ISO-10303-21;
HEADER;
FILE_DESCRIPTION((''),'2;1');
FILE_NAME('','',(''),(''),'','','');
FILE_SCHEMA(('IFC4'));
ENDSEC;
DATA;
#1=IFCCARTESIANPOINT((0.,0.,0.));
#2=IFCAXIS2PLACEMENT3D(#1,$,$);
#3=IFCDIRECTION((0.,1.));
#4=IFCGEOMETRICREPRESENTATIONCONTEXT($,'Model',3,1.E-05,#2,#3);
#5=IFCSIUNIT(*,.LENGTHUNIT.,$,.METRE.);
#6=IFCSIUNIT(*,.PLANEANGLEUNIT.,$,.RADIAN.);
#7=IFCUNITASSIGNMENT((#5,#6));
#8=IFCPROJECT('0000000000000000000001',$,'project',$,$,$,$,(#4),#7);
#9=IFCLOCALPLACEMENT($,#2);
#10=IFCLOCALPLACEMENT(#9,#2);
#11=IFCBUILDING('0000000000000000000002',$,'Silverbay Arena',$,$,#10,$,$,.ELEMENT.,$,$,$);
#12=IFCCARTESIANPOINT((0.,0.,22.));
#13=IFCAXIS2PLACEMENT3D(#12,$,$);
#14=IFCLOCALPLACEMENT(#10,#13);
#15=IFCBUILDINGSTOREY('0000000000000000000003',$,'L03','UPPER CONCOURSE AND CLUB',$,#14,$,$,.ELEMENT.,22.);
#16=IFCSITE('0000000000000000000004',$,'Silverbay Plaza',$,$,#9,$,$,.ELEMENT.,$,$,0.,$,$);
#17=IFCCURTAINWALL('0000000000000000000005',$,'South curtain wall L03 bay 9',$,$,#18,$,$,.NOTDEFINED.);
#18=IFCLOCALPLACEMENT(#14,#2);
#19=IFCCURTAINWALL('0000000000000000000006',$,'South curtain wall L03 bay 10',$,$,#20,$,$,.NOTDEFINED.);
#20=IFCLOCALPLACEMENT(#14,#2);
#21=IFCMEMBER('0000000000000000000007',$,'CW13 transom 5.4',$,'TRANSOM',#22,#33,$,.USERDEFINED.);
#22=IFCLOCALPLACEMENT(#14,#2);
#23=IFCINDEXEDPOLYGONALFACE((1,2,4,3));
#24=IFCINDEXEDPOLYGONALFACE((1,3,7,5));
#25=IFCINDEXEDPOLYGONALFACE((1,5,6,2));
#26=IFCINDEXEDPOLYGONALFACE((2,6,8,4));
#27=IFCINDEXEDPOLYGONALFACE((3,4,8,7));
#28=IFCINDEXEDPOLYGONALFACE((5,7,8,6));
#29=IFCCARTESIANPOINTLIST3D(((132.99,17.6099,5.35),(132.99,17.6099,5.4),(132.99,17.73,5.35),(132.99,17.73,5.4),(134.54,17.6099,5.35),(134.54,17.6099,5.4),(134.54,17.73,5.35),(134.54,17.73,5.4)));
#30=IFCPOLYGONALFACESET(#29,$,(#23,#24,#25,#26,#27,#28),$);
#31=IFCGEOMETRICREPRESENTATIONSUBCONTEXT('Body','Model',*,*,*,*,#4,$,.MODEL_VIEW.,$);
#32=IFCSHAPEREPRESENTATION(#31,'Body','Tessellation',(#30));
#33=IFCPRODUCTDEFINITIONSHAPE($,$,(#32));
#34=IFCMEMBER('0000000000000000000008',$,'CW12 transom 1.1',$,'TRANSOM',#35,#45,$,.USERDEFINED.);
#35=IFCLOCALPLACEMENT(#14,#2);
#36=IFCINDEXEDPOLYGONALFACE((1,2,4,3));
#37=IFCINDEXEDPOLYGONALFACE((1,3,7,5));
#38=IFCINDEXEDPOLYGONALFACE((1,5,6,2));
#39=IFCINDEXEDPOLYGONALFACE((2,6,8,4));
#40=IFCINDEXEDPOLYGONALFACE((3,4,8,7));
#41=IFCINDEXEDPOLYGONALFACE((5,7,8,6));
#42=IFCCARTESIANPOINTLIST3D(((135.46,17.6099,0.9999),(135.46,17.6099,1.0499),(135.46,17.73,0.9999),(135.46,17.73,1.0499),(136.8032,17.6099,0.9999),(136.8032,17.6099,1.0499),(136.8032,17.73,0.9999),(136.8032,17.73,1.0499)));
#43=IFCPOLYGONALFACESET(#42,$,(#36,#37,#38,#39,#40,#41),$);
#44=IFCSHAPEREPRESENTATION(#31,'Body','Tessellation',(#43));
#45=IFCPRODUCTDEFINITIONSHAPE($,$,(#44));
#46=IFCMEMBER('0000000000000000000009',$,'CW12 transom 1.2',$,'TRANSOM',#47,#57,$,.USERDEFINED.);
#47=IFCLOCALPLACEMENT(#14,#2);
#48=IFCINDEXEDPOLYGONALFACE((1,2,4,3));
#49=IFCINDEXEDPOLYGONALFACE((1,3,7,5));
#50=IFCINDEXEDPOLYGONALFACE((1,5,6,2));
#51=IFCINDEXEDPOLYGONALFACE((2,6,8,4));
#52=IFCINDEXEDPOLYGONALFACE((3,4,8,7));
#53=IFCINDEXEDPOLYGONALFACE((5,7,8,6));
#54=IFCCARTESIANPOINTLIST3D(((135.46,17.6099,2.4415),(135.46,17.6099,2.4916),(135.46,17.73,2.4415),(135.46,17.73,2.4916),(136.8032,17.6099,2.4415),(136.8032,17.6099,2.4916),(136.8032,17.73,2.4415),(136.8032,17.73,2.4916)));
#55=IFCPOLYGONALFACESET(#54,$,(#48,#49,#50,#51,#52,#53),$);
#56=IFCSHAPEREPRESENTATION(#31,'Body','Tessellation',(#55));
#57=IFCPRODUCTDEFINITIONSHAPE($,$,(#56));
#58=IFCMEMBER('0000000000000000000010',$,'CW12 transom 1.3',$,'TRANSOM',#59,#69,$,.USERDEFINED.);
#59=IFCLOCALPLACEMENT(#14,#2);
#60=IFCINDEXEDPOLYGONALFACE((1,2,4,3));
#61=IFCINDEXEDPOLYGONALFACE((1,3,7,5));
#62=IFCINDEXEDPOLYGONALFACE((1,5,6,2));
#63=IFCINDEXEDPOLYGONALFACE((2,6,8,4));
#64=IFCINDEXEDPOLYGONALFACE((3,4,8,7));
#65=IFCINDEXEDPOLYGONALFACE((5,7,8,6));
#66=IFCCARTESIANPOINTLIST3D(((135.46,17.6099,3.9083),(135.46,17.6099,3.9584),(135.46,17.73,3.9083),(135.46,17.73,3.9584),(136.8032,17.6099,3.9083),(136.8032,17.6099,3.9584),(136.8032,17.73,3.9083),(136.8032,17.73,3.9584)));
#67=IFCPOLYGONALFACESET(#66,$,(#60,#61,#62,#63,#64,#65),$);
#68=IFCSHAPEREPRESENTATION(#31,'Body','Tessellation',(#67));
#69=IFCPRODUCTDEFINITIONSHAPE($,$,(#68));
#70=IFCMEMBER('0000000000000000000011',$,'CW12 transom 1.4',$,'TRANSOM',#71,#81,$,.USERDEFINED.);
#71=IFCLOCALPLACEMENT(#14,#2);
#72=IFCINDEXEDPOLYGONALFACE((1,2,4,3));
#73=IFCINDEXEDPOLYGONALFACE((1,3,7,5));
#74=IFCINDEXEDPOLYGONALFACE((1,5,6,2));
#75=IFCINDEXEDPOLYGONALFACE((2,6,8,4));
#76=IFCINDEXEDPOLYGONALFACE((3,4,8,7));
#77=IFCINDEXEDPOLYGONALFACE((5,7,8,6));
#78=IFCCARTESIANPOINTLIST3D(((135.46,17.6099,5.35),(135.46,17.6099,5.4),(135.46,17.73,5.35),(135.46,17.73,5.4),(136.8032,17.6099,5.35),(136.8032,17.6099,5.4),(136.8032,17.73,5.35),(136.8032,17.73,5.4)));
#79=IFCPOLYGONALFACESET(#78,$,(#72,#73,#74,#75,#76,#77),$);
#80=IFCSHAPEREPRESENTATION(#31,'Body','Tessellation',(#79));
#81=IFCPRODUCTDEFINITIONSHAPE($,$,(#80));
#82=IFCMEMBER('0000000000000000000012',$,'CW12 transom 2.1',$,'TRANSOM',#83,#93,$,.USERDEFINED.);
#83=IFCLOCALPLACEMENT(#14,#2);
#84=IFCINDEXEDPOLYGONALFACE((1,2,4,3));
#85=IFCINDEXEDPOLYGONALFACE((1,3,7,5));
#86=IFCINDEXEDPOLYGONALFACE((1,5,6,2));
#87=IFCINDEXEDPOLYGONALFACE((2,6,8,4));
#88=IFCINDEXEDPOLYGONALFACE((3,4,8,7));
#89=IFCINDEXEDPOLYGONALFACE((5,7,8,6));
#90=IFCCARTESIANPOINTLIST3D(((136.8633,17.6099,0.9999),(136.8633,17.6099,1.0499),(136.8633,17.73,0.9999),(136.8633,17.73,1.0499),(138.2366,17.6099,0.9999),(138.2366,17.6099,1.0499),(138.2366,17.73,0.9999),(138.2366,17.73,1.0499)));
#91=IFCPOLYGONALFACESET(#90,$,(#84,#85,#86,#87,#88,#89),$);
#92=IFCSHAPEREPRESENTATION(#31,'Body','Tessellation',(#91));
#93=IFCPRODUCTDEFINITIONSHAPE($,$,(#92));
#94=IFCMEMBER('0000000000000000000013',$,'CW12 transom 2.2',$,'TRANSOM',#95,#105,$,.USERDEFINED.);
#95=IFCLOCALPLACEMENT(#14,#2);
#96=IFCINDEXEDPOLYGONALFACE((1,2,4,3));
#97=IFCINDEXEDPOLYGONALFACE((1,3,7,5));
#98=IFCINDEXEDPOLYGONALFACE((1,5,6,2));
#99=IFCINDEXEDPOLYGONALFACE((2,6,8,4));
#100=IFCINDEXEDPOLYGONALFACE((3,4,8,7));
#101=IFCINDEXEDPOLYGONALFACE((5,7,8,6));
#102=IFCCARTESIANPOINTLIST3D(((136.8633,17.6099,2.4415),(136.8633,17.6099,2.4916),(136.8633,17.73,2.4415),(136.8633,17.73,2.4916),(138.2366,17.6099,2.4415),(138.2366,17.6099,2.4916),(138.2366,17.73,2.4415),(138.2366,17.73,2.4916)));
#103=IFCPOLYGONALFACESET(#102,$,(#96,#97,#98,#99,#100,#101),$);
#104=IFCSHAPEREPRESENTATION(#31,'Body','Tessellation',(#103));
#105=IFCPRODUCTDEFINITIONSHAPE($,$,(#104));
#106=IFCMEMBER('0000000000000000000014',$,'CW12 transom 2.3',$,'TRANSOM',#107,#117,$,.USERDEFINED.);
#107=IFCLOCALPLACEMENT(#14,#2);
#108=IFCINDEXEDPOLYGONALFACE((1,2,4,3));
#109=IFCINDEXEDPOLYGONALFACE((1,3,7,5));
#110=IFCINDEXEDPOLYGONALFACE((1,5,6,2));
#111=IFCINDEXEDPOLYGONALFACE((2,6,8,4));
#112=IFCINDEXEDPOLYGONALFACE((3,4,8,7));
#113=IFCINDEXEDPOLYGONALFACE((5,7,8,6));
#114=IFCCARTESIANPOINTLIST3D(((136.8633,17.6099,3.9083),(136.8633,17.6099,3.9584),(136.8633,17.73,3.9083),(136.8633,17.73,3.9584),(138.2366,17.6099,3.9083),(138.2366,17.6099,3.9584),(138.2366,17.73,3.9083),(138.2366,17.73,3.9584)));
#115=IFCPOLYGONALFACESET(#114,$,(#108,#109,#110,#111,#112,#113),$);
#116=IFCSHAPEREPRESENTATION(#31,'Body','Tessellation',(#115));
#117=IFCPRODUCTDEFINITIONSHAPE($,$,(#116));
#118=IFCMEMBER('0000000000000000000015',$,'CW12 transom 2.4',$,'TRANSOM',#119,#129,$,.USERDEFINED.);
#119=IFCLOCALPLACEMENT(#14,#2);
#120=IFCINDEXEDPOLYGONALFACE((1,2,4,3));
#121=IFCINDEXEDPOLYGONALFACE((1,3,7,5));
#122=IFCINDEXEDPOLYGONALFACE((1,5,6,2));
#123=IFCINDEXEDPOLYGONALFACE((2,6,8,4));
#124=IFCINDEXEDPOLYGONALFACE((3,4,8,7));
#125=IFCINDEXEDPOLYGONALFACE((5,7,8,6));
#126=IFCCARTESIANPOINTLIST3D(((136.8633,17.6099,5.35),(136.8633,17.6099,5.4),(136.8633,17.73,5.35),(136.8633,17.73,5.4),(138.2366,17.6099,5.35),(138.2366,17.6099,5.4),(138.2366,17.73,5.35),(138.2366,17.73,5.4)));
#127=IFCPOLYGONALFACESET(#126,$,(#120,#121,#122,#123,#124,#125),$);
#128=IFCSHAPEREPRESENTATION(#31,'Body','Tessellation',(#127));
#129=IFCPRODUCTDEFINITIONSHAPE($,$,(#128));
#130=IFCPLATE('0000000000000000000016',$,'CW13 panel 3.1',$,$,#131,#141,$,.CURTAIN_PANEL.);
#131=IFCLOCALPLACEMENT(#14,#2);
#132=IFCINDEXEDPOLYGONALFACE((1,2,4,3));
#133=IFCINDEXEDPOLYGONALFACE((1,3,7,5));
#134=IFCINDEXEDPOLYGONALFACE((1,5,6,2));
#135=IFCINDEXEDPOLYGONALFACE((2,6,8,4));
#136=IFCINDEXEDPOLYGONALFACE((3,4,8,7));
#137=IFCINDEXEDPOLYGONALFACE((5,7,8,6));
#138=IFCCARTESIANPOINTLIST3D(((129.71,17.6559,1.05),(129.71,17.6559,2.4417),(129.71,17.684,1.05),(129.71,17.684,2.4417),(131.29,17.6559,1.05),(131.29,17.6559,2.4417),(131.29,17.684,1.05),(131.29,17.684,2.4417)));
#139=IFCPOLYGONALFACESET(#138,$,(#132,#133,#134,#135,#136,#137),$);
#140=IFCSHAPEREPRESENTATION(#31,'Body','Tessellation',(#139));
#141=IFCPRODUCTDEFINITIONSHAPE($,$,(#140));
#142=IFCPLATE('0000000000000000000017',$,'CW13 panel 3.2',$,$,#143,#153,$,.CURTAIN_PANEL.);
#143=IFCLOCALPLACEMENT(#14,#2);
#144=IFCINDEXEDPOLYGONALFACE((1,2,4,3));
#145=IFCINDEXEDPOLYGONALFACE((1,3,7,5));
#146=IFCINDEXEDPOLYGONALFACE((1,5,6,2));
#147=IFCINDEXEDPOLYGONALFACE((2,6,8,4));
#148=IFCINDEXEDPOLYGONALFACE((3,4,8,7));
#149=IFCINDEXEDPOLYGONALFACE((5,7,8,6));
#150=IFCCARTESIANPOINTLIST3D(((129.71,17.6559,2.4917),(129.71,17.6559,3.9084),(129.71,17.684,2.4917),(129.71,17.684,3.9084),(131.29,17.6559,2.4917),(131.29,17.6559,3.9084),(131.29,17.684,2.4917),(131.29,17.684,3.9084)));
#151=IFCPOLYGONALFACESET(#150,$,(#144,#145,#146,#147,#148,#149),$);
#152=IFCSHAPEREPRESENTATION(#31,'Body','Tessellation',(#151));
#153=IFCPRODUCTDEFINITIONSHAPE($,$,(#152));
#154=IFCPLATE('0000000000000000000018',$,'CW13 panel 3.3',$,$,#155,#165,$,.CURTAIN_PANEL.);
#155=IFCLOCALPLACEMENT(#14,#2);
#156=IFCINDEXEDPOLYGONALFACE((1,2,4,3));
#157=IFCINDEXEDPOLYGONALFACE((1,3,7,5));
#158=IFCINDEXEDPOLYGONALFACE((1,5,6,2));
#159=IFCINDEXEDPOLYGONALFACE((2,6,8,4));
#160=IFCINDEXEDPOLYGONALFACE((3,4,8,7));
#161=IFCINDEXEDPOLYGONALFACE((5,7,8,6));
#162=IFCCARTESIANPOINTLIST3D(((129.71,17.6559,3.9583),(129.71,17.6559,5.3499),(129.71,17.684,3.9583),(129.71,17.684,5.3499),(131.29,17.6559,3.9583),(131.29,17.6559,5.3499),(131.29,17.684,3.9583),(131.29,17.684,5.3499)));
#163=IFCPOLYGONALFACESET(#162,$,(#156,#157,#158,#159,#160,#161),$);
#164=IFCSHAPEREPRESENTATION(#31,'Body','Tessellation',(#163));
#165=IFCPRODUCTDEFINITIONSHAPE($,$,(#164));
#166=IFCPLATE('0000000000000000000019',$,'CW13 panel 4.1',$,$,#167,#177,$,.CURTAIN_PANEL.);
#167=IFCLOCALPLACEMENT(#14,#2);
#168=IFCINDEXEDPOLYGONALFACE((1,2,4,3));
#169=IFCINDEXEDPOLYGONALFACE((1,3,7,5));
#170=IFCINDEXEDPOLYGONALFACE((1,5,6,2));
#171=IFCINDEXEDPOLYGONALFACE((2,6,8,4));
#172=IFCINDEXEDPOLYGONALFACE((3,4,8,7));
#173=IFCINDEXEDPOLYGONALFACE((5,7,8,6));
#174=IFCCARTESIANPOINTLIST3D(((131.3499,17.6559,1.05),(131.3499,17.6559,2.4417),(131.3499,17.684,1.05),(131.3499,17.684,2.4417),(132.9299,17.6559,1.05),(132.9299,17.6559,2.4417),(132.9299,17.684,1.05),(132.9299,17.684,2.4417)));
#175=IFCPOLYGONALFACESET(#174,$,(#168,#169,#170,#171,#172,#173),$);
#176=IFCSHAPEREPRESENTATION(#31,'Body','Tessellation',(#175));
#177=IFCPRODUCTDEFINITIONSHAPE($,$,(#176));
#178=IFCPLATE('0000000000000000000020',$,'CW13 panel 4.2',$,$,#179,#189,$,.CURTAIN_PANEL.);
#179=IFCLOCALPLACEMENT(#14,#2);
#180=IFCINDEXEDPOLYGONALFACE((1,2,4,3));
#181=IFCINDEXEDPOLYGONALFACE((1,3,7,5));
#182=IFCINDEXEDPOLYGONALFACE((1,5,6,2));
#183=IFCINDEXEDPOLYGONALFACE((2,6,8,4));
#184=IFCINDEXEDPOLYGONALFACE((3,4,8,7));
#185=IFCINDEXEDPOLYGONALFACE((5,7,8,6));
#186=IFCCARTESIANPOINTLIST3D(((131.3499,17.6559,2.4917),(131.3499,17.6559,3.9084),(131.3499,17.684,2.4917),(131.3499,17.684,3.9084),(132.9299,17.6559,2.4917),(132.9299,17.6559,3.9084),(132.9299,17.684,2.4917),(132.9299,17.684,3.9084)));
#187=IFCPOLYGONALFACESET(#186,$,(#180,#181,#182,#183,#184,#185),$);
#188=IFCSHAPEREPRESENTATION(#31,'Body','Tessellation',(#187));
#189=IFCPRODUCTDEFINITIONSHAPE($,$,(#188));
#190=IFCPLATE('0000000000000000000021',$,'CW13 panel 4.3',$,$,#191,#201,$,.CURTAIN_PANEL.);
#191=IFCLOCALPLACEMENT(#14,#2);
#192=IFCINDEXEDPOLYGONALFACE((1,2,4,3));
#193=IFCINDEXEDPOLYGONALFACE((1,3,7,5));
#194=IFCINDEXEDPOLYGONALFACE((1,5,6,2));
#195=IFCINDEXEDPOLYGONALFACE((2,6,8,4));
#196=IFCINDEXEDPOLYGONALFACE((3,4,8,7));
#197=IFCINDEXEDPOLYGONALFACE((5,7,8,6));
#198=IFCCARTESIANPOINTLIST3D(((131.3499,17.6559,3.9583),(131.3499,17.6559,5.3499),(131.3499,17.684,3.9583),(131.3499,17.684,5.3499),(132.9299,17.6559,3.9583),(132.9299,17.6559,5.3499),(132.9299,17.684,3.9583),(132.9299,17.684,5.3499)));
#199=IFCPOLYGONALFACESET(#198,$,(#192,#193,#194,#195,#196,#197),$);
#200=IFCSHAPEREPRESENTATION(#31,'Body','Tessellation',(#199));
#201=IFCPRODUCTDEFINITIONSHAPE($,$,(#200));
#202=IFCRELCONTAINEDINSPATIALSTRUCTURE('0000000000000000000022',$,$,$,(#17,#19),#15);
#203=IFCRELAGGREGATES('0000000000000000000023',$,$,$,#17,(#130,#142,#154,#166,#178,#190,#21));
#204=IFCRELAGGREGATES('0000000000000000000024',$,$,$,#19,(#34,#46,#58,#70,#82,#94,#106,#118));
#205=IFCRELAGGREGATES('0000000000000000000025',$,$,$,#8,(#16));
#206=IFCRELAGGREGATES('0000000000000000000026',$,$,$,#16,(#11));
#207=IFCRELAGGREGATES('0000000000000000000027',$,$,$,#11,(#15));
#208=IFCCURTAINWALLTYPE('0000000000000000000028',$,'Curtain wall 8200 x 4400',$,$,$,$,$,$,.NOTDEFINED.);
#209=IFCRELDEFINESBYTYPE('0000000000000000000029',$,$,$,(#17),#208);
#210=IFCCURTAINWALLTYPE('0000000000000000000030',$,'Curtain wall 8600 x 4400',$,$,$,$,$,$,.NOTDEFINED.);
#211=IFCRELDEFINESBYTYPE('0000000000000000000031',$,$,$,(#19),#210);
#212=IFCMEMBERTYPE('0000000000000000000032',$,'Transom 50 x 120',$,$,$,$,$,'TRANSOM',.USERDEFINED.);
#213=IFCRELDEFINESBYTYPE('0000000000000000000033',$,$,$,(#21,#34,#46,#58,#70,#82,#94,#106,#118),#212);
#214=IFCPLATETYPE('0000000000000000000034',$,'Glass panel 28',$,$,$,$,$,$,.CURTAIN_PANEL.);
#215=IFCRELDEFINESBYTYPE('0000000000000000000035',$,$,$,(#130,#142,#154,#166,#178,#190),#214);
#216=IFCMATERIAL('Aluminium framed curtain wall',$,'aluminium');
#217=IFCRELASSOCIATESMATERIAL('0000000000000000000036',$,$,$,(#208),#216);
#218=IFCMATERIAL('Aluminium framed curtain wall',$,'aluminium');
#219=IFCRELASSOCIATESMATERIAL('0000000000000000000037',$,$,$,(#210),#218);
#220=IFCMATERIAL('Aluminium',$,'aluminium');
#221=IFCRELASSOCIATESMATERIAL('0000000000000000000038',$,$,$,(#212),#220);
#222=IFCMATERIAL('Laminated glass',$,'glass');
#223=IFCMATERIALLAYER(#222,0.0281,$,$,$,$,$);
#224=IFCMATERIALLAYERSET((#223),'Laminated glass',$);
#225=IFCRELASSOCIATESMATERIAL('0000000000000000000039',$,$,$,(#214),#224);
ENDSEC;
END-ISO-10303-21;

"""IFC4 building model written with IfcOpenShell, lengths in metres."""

from ifc_helpers import new_model, si_unit, direction, frame, origin, origin_2d, place, context, subcontext, project, spatial, rectangle, extrude, material, layer, layer_set, material_profile, profile_set, type_object, element, aggregate, save


model = new_model("IFC4")

# Units and contexts
model_context = context("Model", 3, precision=1e-05, world=origin(), true_north=direction((0.0, 1.0)))
body_context = subcontext(model_context, "Body", "Model", "MODEL_VIEW")
ifc_project = project(units=[si_unit("LENGTHUNIT", "METRE"), si_unit("PLANEANGLEUNIT", "RADIAN")], contexts=[model_context])

# Site, building, storey
site_placement = place(None, origin())
site = spatial("IfcSite", under=ifc_project, at=site_placement, Name="Silverbay Plaza", CompositionType="ELEMENT", RefElevation=0.0)
building_placement = place(site_placement, origin())
building = spatial("IfcBuilding", under=site, at=building_placement, Name="Silverbay Arena", CompositionType="ELEMENT")
storey_placement = place(building_placement, frame((0.0, 0.0, 22.0)))
storey = spatial("IfcBuildingStorey", under=building, at=storey_placement, Name="L03", Description="UPPER CONCOURSE AND CLUB", CompositionType="ELEMENT", Elevation=22.0)

# Curtain walls
ifc_material_1 = material(Name="Aluminium framed curtain wall", Category="aluminium")
curtain_wall_type_1 = type_object("IfcCurtainWallType", Name="Curtain wall 8200 x 4400", PredefinedType="NOTDEFINED", material=ifc_material_1)
curtain_wall_1_placement = place(storey_placement, origin())
curtain_wall_1 = element("IfcCurtainWall", 1, at=curtain_wall_1_placement, inside=storey, type_object=curtain_wall_type_1, Name="South curtain wall L03 bay 9", PredefinedType="NOTDEFINED")
ifc_material_2 = material(Name="Aluminium framed curtain wall", Category="aluminium")
curtain_wall_type_2 = type_object("IfcCurtainWallType", Name="Curtain wall 8600 x 4400", PredefinedType="NOTDEFINED", material=ifc_material_2)
curtain_wall_2_placement = place(storey_placement, origin())
curtain_wall_2 = element("IfcCurtainWall", 2, at=curtain_wall_2_placement, inside=storey, type_object=curtain_wall_type_2, Name="South curtain wall L03 bay 10", PredefinedType="NOTDEFINED")

# Members
ifc_material_3 = material(Name="Aluminium", Category="aluminium")
ifc_material_profile_1 = material_profile(ifc_material_3, rectangle(XDim=0.1201, YDim=0.05, at=origin_2d()), Name="Transom 50 x 120")
ifc_profile_set_1 = profile_set([ifc_material_profile_1], Name="Aluminium")
member_type_1 = type_object("IfcMemberType", Name="Transom 50 x 120", ElementType="TRANSOM", PredefinedType="USERDEFINED", material=ifc_profile_set_1)
member_1_placement = place(storey_placement, frame((132.99, 17.6699, 5.375), z_axis=(1.0, 0.0, 0.0), x_axis=(0.0, 1.0, 0.0)))
member_1 = element("IfcMember", 3, at=member_1_placement, type_object=member_type_1, Name="CW13 transom 5.4", ObjectType="TRANSOM", PredefinedType="USERDEFINED", context=body_context, shape_type="SweptSolid", body=[
    extrude(rectangle(XDim=0.1201, YDim=0.05, at=origin_2d()), origin(), (0.0, 0.0, 1.0), 1.55),
])
member_2_placement = place(storey_placement, frame((135.46, 17.6699, 1.0249), z_axis=(1.0, 0.0, 0.0), x_axis=(0.0, 1.0, 0.0)))
member_2 = element("IfcMember", 4, at=member_2_placement, type_object=member_type_1, Name="CW12 transom 1.1", ObjectType="TRANSOM", PredefinedType="USERDEFINED", context=body_context, shape_type="SweptSolid", body=[
    extrude(rectangle(XDim=0.1201, YDim=0.05, at=origin_2d()), origin(), (0.0, 0.0, 1.0), 1.3433),
])
member_3_placement = place(storey_placement, frame((135.46, 17.6699, 2.4666), z_axis=(1.0, 0.0, 0.0), x_axis=(0.0, 1.0, 0.0)))
member_3 = element("IfcMember", 5, at=member_3_placement, type_object=member_type_1, Name="CW12 transom 1.2", ObjectType="TRANSOM", PredefinedType="USERDEFINED", context=body_context, shape_type="SweptSolid", body=[
    extrude(rectangle(XDim=0.1201, YDim=0.05, at=origin_2d()), origin(), (0.0, 0.0, 1.0), 1.3433),
])
member_4_placement = place(storey_placement, frame((135.46, 17.6699, 3.9333), z_axis=(1.0, 0.0, 0.0), x_axis=(0.0, 1.0, 0.0)))
member_4 = element("IfcMember", 6, at=member_4_placement, type_object=member_type_1, Name="CW12 transom 1.3", ObjectType="TRANSOM", PredefinedType="USERDEFINED", context=body_context, shape_type="SweptSolid", body=[
    extrude(rectangle(XDim=0.1201, YDim=0.05, at=origin_2d()), origin(), (0.0, 0.0, 1.0), 1.3433),
])
member_5_placement = place(storey_placement, frame((135.46, 17.6699, 5.375), z_axis=(1.0, 0.0, 0.0), x_axis=(0.0, 1.0, 0.0)))
member_5 = element("IfcMember", 7, at=member_5_placement, type_object=member_type_1, Name="CW12 transom 1.4", ObjectType="TRANSOM", PredefinedType="USERDEFINED", context=body_context, shape_type="SweptSolid", body=[
    extrude(rectangle(XDim=0.1201, YDim=0.05, at=origin_2d()), origin(), (0.0, 0.0, 1.0), 1.3433),
])
member_6_placement = place(storey_placement, frame((136.8633, 17.6699, 1.0249), z_axis=(1.0, 0.0, 0.0), x_axis=(0.0, 1.0, 0.0)))
member_6 = element("IfcMember", 8, at=member_6_placement, type_object=member_type_1, Name="CW12 transom 2.1", ObjectType="TRANSOM", PredefinedType="USERDEFINED", context=body_context, shape_type="SweptSolid", body=[
    extrude(rectangle(XDim=0.1201, YDim=0.05, at=origin_2d()), origin(), (0.0, 0.0, 1.0), 1.3733),
])
member_7_placement = place(storey_placement, frame((136.8633, 17.6699, 2.4666), z_axis=(1.0, 0.0, 0.0), x_axis=(0.0, 1.0, 0.0)))
member_7 = element("IfcMember", 9, at=member_7_placement, type_object=member_type_1, Name="CW12 transom 2.2", ObjectType="TRANSOM", PredefinedType="USERDEFINED", context=body_context, shape_type="SweptSolid", body=[
    extrude(rectangle(XDim=0.1201, YDim=0.05, at=origin_2d()), origin(), (0.0, 0.0, 1.0), 1.3733),
])
member_8_placement = place(storey_placement, frame((136.8633, 17.6699, 3.9333), z_axis=(1.0, 0.0, 0.0), x_axis=(0.0, 1.0, 0.0)))
member_8 = element("IfcMember", 10, at=member_8_placement, type_object=member_type_1, Name="CW12 transom 2.3", ObjectType="TRANSOM", PredefinedType="USERDEFINED", context=body_context, shape_type="SweptSolid", body=[
    extrude(rectangle(XDim=0.1201, YDim=0.05, at=origin_2d()), origin(), (0.0, 0.0, 1.0), 1.3733),
])
member_9_placement = place(storey_placement, frame((136.8633, 17.6699, 5.375), z_axis=(1.0, 0.0, 0.0), x_axis=(0.0, 1.0, 0.0)))
member_9 = element("IfcMember", 11, at=member_9_placement, type_object=member_type_1, Name="CW12 transom 2.4", ObjectType="TRANSOM", PredefinedType="USERDEFINED", context=body_context, shape_type="SweptSolid", body=[
    extrude(rectangle(XDim=0.1201, YDim=0.05, at=origin_2d()), origin(), (0.0, 0.0, 1.0), 1.3733),
])

# Plates
ifc_material_4 = material(Name="Laminated glass", Category="glass")
ifc_layer = layer(ifc_material_4, 0.0281)
ifc_layer_set = layer_set([ifc_layer], Name="Laminated glass")
plate_type = type_object("IfcPlateType", Name="Glass panel 28", PredefinedType="CURTAIN_PANEL", material=ifc_layer_set)
plate_1_placement = place(storey_placement, frame((130.5, 17.6699, 1.05), z_axis=(0.0, 0.0, 1.0), x_axis=(1.0, 0.0, 0.0)))
plate_1 = element("IfcPlate", 12, at=plate_1_placement, type_object=plate_type, Name="CW13 panel 3.1", PredefinedType="CURTAIN_PANEL", context=body_context, shape_type="SweptSolid", body=[
    extrude(rectangle(XDim=1.5801, YDim=0.0281, at=origin_2d()), origin(), (0.0, 0.0, 1.0), 1.3916),
])
plate_2_placement = place(storey_placement, frame((130.5, 17.6699, 2.4917), z_axis=(0.0, 0.0, 1.0), x_axis=(1.0, 0.0, 0.0)))
plate_2 = element("IfcPlate", 13, at=plate_2_placement, type_object=plate_type, Name="CW13 panel 3.2", PredefinedType="CURTAIN_PANEL", context=body_context, shape_type="SweptSolid", body=[
    extrude(rectangle(XDim=1.5801, YDim=0.0281, at=origin_2d()), origin(), (0.0, 0.0, 1.0), 1.4167),
])
plate_3_placement = place(storey_placement, frame((130.5, 17.6699, 3.9583), z_axis=(0.0, 0.0, 1.0), x_axis=(1.0, 0.0, 0.0)))
plate_3 = element("IfcPlate", 14, at=plate_3_placement, type_object=plate_type, Name="CW13 panel 3.3", PredefinedType="CURTAIN_PANEL", context=body_context, shape_type="SweptSolid", body=[
    extrude(rectangle(XDim=1.5801, YDim=0.0281, at=origin_2d()), origin(), (0.0, 0.0, 1.0), 1.3916),
])
plate_4_placement = place(storey_placement, frame((132.1399, 17.6699, 1.05), z_axis=(0.0, 0.0, 1.0), x_axis=(1.0, 0.0, 0.0)))
plate_4 = element("IfcPlate", 15, at=plate_4_placement, type_object=plate_type, Name="CW13 panel 4.1", PredefinedType="CURTAIN_PANEL", context=body_context, shape_type="SweptSolid", body=[
    extrude(rectangle(XDim=1.5801, YDim=0.0281, at=origin_2d()), origin(), (0.0, 0.0, 1.0), 1.3916),
])
plate_5_placement = place(storey_placement, frame((132.1399, 17.6699, 2.4917), z_axis=(0.0, 0.0, 1.0), x_axis=(1.0, 0.0, 0.0)))
plate_5 = element("IfcPlate", 16, at=plate_5_placement, type_object=plate_type, Name="CW13 panel 4.2", PredefinedType="CURTAIN_PANEL", context=body_context, shape_type="SweptSolid", body=[
    extrude(rectangle(XDim=1.5801, YDim=0.0281, at=origin_2d()), origin(), (0.0, 0.0, 1.0), 1.4167),
])
plate_6_placement = place(storey_placement, frame((132.1399, 17.6699, 3.9583), z_axis=(0.0, 0.0, 1.0), x_axis=(1.0, 0.0, 0.0)))
plate_6 = element("IfcPlate", 17, at=plate_6_placement, type_object=plate_type, Name="CW13 panel 4.3", PredefinedType="CURTAIN_PANEL", context=body_context, shape_type="SweptSolid", body=[
    extrude(rectangle(XDim=1.5801, YDim=0.0281, at=origin_2d()), origin(), (0.0, 0.0, 1.0), 1.3916),
])
aggregate(curtain_wall_1, [plate_1, plate_2, plate_3, plate_4, plate_5, plate_6, member_1])
aggregate(curtain_wall_2, [member_2, member_3, member_4, member_5, member_6, member_7, member_8, member_9])

save(model, "model.ifc")
